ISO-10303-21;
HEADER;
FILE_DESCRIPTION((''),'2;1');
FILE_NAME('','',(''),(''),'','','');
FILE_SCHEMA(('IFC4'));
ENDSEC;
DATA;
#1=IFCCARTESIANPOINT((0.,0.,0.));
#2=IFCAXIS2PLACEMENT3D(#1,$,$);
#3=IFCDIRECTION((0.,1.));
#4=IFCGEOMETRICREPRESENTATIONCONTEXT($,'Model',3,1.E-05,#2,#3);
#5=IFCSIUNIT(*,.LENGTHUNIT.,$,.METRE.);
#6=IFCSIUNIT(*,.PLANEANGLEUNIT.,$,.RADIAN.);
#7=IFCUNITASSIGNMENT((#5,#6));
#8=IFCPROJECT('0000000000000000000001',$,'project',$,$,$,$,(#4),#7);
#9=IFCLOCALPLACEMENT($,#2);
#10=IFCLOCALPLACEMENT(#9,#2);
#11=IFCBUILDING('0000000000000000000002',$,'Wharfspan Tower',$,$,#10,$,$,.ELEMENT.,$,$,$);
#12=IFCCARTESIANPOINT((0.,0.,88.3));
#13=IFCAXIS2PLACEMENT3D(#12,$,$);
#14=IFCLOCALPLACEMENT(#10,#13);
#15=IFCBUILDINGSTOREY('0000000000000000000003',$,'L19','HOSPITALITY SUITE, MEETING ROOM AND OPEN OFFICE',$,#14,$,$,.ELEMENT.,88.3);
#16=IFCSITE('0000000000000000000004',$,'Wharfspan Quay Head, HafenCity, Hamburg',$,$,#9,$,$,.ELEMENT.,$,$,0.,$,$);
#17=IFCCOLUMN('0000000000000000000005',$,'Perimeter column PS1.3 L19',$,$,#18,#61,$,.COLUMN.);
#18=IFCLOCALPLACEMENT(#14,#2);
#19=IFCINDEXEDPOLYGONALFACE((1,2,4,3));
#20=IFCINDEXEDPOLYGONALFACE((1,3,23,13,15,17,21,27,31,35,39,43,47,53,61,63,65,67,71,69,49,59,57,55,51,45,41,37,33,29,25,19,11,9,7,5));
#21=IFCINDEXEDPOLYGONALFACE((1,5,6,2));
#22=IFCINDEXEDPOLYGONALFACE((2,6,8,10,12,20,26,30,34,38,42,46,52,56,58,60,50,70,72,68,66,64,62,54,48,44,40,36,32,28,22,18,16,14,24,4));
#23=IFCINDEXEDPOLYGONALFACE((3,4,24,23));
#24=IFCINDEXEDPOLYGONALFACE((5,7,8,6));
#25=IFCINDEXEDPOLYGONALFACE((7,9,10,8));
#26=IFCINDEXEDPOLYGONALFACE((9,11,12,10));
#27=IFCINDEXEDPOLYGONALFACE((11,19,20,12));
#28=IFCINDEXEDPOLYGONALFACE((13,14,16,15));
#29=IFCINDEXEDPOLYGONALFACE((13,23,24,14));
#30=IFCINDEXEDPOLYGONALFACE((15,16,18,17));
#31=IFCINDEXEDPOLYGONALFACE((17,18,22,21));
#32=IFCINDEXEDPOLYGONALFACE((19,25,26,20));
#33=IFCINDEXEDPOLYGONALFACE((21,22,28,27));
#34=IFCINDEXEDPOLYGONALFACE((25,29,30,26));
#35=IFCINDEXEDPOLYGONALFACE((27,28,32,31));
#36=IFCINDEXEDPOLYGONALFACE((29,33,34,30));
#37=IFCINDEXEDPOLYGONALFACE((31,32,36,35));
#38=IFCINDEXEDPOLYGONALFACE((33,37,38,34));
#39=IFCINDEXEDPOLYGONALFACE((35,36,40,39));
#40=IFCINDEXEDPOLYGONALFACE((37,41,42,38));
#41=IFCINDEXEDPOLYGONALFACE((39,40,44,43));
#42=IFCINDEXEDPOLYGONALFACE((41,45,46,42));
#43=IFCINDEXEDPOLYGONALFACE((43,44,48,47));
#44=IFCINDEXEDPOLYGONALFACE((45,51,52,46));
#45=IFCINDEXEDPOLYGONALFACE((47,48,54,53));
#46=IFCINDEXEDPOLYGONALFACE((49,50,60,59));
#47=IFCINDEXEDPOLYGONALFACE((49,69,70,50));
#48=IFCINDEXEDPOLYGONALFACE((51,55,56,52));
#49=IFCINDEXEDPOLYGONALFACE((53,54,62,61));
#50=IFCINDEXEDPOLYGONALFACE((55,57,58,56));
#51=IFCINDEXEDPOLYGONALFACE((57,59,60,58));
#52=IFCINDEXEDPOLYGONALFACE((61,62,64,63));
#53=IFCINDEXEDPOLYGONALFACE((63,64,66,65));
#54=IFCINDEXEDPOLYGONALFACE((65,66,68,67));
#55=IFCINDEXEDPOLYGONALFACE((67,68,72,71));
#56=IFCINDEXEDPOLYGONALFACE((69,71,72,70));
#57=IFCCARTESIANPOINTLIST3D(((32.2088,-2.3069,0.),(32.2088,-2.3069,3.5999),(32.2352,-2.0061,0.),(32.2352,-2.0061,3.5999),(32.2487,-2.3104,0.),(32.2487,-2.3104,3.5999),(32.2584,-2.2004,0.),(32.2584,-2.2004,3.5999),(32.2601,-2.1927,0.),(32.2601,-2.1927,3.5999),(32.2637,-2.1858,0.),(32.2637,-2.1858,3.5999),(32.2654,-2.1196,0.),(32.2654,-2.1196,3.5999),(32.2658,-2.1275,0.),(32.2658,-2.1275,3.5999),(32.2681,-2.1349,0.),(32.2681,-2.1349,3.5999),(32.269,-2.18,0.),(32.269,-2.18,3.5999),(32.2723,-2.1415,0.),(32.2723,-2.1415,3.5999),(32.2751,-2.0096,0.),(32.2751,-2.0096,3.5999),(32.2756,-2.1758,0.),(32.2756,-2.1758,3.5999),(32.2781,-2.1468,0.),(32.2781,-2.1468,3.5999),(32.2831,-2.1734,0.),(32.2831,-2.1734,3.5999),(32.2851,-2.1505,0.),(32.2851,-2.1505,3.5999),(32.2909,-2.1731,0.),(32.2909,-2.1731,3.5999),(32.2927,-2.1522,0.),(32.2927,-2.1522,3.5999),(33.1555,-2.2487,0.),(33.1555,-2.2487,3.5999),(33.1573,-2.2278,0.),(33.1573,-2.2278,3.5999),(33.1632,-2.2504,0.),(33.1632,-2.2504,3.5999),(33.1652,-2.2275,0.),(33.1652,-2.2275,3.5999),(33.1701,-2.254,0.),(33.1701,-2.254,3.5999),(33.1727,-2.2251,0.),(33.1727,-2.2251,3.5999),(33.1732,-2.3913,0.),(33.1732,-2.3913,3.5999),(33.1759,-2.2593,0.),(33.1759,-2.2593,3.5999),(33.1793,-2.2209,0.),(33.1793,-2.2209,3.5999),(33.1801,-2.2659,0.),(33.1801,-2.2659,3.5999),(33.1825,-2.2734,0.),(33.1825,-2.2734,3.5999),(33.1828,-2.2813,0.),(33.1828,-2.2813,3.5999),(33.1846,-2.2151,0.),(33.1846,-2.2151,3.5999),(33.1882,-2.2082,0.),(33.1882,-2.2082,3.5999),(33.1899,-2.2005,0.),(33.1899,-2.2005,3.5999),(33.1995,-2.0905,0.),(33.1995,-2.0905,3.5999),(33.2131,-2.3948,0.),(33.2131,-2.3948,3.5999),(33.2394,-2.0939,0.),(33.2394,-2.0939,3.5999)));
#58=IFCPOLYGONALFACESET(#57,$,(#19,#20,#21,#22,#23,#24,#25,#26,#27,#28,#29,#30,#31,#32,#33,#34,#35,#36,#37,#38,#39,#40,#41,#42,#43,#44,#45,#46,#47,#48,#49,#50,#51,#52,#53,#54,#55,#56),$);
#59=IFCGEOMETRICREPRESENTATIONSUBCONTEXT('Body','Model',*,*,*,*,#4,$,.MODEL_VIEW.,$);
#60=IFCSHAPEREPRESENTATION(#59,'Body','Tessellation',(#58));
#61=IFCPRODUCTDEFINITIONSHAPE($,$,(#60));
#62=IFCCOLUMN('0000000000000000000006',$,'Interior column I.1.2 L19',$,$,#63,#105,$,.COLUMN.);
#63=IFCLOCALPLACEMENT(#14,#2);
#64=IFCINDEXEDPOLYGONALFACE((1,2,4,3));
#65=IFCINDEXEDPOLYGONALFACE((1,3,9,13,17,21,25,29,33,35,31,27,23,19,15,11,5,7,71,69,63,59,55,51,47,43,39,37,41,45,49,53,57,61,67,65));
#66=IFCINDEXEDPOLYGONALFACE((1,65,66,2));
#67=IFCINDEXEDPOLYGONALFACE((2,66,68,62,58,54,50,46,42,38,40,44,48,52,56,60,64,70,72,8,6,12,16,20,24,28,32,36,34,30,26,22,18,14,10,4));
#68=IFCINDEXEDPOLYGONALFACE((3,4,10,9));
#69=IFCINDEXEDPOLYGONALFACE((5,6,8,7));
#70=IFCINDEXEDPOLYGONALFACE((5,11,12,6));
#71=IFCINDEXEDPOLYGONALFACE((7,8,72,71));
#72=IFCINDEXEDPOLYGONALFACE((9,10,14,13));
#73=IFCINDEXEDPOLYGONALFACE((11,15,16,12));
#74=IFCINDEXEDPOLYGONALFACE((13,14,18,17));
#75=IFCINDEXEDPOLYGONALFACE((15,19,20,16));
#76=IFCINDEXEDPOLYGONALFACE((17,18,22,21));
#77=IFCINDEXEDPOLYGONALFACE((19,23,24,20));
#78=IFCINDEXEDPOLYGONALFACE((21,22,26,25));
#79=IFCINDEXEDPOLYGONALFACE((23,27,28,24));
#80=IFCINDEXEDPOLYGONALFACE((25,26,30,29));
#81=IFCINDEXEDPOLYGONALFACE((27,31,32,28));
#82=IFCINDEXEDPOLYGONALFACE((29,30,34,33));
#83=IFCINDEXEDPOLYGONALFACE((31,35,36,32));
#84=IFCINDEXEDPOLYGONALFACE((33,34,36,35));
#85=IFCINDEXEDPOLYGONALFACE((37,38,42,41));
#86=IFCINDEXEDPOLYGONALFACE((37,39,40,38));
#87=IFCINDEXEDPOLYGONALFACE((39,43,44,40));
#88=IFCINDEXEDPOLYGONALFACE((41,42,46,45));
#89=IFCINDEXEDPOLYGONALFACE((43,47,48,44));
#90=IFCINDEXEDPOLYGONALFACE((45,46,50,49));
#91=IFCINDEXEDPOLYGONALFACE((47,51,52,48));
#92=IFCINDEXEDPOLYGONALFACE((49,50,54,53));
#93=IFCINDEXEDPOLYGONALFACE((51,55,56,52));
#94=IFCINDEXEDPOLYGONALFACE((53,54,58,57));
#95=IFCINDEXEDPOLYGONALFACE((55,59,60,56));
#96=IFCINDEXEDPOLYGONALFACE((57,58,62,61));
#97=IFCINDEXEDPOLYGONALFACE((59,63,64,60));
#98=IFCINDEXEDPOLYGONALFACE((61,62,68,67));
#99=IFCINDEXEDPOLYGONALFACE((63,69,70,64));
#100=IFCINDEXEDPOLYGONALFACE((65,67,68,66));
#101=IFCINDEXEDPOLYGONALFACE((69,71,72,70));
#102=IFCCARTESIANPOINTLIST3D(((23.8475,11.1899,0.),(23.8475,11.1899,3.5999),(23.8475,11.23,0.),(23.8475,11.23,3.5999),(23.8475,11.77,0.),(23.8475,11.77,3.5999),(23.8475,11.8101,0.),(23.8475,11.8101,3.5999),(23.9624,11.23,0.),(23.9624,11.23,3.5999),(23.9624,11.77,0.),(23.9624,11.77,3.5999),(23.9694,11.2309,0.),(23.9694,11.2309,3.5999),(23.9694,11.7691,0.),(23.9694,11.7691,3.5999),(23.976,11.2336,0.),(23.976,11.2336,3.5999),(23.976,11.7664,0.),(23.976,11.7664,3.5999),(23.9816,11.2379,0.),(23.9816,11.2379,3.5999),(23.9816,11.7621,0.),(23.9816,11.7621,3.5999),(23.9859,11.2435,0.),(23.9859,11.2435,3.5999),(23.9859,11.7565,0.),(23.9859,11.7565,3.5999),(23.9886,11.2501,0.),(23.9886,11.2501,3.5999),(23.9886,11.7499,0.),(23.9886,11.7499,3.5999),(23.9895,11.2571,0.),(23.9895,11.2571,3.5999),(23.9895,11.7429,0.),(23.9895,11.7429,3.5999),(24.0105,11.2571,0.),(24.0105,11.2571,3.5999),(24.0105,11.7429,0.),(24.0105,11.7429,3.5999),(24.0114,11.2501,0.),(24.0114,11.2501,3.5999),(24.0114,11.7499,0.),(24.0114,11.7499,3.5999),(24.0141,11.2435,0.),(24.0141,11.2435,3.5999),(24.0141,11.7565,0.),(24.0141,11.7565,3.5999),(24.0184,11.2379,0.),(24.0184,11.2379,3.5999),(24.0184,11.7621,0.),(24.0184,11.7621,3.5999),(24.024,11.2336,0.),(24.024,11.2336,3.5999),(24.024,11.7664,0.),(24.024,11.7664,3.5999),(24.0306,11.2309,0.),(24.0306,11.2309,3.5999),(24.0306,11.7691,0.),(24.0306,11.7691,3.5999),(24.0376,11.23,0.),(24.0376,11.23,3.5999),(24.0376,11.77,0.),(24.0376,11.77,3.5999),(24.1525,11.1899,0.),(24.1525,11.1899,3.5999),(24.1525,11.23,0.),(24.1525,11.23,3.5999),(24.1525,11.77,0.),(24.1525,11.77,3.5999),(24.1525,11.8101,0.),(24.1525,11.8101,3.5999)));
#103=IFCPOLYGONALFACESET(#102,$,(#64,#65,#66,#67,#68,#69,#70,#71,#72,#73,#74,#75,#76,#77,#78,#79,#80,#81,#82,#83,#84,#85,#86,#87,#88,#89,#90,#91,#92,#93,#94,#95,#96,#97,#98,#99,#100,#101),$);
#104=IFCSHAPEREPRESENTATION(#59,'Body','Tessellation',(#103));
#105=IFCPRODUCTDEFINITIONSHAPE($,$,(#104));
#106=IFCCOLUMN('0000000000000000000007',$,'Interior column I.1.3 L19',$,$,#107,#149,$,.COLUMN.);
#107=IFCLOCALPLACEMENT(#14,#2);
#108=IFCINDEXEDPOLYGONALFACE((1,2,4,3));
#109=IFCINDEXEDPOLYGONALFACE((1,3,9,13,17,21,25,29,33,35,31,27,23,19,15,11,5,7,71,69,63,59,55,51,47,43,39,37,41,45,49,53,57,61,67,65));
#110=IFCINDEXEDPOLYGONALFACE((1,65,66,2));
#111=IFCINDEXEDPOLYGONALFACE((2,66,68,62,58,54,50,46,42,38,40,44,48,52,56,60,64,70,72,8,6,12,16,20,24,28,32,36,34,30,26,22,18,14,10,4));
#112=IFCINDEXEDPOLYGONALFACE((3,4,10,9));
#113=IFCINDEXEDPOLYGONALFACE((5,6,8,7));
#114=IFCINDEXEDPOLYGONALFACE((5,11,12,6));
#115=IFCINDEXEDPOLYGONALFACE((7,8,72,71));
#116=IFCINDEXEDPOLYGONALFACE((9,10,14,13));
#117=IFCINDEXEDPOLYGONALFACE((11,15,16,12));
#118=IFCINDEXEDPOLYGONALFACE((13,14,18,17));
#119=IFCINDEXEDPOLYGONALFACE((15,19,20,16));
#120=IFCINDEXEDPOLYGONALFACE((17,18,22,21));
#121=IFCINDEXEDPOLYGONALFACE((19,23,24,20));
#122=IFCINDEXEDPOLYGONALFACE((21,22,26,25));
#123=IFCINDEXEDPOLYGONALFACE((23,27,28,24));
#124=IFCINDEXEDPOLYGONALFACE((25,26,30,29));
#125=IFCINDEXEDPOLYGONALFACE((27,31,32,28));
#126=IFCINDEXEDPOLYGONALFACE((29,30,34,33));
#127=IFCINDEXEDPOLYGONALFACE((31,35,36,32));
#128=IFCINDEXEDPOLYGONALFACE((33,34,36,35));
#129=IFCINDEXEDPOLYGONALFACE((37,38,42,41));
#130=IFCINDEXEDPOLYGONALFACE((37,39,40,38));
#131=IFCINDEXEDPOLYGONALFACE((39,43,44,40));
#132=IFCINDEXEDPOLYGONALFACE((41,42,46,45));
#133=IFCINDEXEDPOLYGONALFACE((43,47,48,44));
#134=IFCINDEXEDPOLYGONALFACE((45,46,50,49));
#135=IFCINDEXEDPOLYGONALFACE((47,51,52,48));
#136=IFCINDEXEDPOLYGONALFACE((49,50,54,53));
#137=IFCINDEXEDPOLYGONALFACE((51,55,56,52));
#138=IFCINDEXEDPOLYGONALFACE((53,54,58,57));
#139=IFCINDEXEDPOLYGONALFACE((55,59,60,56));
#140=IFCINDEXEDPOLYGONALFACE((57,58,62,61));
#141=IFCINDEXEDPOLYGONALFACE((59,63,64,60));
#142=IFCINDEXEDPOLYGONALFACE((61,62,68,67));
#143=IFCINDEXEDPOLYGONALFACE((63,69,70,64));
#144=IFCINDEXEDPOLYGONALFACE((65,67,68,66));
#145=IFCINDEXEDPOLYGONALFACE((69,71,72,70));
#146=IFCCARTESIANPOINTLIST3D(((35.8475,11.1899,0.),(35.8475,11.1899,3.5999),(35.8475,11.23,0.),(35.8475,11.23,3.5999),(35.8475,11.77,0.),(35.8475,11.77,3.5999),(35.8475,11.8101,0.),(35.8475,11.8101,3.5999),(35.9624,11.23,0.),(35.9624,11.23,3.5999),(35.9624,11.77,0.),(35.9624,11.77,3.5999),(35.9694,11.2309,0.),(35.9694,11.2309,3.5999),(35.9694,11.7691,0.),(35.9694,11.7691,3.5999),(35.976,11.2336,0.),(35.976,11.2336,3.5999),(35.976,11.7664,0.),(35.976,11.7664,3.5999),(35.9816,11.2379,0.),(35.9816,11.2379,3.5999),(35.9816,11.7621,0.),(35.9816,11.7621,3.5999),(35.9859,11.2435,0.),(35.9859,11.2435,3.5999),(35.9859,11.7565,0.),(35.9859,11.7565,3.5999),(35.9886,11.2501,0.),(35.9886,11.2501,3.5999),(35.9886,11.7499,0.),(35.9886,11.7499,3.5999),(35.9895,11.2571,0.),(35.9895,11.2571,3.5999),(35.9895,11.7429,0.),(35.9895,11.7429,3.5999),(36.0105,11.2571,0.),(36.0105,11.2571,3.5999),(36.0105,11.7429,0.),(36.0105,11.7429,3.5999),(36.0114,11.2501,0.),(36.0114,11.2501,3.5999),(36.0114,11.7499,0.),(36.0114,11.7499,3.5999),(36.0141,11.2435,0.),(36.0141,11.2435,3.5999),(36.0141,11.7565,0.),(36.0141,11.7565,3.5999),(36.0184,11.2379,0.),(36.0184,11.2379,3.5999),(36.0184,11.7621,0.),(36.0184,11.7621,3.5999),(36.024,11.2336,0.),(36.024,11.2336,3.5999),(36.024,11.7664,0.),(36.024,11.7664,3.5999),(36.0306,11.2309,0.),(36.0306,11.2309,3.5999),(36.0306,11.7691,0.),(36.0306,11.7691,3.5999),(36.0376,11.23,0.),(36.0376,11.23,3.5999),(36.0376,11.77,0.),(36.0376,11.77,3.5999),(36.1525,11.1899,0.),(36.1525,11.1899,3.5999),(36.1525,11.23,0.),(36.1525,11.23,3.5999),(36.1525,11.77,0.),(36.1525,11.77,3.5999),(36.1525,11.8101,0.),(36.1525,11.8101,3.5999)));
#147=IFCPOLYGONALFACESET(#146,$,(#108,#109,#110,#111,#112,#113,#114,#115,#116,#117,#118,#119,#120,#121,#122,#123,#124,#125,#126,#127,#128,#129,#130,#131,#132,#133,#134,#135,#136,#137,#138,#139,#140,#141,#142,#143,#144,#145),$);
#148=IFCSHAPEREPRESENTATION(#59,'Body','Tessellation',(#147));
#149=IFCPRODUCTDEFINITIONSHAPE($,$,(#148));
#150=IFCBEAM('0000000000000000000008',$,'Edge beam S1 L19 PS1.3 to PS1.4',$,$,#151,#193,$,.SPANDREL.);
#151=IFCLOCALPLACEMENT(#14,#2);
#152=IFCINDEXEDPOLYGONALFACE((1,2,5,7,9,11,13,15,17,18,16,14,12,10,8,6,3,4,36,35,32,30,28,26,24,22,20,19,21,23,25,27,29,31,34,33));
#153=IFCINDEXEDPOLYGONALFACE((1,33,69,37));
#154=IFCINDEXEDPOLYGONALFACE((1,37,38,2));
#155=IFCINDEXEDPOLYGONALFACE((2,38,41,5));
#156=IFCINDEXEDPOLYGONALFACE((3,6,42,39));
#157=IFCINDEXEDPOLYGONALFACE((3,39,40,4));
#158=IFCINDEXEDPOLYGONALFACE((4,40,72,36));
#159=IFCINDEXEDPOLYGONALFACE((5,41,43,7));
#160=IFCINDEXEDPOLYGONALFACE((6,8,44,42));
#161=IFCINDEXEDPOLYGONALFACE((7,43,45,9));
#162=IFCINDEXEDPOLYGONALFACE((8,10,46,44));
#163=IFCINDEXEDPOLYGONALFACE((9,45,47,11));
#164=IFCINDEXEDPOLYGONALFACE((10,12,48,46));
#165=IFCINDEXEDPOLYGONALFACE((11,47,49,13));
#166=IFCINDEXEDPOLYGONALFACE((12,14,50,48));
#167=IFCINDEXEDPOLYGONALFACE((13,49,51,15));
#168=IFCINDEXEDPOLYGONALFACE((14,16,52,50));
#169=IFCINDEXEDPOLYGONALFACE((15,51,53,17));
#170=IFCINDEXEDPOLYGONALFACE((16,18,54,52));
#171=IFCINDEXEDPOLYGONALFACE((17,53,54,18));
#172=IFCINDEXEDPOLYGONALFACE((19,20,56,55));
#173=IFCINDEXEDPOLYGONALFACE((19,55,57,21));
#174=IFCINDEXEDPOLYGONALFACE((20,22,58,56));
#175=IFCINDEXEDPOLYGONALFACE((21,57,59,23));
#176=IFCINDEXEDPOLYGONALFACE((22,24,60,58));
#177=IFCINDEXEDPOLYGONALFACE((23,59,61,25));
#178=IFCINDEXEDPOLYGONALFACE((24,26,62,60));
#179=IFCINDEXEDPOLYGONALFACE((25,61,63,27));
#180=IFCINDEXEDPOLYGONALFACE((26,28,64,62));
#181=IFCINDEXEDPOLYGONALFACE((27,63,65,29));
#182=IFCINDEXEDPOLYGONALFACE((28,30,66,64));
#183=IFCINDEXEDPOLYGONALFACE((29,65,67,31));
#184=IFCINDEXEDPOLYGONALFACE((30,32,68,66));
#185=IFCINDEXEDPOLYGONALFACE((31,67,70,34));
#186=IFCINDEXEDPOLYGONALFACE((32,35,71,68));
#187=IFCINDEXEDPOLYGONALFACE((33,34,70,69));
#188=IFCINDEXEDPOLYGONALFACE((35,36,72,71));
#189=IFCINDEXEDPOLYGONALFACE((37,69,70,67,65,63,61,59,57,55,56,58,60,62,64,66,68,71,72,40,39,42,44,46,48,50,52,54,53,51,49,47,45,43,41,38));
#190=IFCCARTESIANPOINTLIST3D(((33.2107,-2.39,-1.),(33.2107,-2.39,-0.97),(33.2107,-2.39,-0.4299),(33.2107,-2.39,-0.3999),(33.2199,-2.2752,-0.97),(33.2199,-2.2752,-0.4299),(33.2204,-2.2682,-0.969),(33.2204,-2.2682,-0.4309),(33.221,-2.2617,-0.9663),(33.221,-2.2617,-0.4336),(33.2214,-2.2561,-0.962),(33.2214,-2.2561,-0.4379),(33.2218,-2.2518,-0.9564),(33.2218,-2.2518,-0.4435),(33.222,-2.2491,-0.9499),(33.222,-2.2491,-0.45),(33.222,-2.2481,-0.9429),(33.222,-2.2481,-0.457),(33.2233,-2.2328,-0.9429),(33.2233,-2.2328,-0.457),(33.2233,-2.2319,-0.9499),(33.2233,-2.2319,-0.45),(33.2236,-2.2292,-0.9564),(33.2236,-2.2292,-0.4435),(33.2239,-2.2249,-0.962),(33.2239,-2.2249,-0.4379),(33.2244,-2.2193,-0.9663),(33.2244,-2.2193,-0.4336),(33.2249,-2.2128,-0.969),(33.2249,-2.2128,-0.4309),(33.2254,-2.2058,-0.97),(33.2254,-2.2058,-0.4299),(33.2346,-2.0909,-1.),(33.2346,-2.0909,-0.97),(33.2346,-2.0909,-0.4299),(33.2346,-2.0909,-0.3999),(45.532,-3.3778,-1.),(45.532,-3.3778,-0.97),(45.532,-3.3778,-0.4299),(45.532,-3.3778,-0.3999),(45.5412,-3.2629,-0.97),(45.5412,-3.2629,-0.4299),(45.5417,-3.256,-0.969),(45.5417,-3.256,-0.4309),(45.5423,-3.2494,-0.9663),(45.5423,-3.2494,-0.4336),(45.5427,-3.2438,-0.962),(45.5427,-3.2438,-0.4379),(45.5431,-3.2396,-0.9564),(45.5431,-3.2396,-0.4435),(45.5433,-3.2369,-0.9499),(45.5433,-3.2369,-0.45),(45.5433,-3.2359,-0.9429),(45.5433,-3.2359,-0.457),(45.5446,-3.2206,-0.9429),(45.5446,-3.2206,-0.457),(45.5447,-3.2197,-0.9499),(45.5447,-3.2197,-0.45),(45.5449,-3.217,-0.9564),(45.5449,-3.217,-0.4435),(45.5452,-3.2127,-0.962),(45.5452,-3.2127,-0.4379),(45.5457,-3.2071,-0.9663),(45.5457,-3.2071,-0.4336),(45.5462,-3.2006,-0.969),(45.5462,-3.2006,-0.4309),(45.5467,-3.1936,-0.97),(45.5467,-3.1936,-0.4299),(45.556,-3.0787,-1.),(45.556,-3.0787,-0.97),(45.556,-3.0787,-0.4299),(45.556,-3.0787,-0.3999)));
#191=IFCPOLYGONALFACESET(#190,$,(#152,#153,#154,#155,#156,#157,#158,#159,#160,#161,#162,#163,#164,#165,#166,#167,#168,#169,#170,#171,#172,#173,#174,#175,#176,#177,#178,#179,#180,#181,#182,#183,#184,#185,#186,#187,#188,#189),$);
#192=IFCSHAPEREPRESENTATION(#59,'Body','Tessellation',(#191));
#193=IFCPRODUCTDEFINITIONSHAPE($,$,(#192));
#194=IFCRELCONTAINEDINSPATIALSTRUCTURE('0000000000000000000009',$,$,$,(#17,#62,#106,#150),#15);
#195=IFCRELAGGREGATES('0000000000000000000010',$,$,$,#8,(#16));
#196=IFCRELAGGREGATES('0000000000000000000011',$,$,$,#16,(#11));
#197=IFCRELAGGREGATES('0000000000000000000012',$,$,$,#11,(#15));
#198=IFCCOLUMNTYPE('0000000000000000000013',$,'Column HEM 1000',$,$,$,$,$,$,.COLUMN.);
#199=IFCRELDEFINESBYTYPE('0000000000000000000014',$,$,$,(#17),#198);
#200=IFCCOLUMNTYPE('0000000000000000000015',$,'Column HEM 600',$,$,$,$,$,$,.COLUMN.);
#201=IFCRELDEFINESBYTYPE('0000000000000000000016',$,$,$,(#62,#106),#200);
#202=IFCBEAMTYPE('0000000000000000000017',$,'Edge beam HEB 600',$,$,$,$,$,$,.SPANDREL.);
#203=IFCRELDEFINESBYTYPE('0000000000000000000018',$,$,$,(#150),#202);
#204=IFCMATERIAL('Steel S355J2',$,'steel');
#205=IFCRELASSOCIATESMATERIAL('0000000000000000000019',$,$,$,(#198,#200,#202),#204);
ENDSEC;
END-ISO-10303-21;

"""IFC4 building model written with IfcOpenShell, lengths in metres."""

from ifc_helpers import new_model, si_unit, direction, frame, origin, origin_2d, place, context, subcontext, project, spatial, i_section, extrude, material, material_profile, profile_set, type_object, element, save


model = new_model("IFC4")

# Units and contexts
model_context = context("Model", 3, precision=1e-05, world=origin(), true_north=direction((0.0, 1.0)))
body_context = subcontext(model_context, "Body", "Model", "MODEL_VIEW")
ifc_project = project(units=[si_unit("LENGTHUNIT", "METRE"), si_unit("PLANEANGLEUNIT", "RADIAN")], contexts=[model_context])

# Site, building, storey
site_placement = place(None, origin())
site = spatial("IfcSite", under=ifc_project, at=site_placement, Name="Wharfspan Quay Head, HafenCity, Hamburg", CompositionType="ELEMENT", RefElevation=0.0)
building_placement = place(site_placement, origin())
building = spatial("IfcBuilding", under=site, at=building_placement, Name="Wharfspan Tower", CompositionType="ELEMENT")
storey_placement = place(building_placement, frame((0.0, 0.0, 88.3)))
storey = spatial("IfcBuildingStorey", under=building, at=storey_placement, Name="L19", Description="HOSPITALITY SUITE, MEETING ROOM AND OPEN OFFICE", CompositionType="ELEMENT", Elevation=88.3)

# Columns
ifc_material_1 = material(Name="Steel S355J2", Category="steel")
ifc_material_profile_1 = material_profile(ifc_material_1, i_section(OverallWidth=0.302, OverallDepth=1.0081, WebThickness=0.021, FlangeThickness=0.04, FilletRadius=0.03, at=origin_2d()))
ifc_profile_set_1 = profile_set([ifc_material_profile_1], Name="Steel S355J2")
column_type_1 = type_object("IfcColumnType", Name="Column HEM 1000", PredefinedType="COLUMN", material=ifc_profile_set_1)
column_placement = place(storey_placement, frame((32.7241, -2.2004, 0.0), z_axis=(0.0, 0.0, 1.0), x_axis=(-0.087156, -0.996198, 0.0)))
element("IfcColumn", 1, at=column_placement, inside=storey, type_object=column_type_1, Name="Perimeter column PS1.3 L19", PredefinedType="COLUMN", context=body_context, shape_type="SweptSolid", body=[
    extrude(i_section(OverallWidth=0.302, OverallDepth=1.0081, WebThickness=0.021, FlangeThickness=0.04, FilletRadius=0.03, at=origin_2d()), origin(), (0.0, 0.0, 1.0), 3.5999),
])
ifc_material_profile_2 = material_profile(ifc_material_1, i_section(OverallWidth=0.3049, OverallDepth=0.6201, WebThickness=0.021, FlangeThickness=0.04, FilletRadius=0.0271, at=origin_2d()))
ifc_profile_set_2 = profile_set([ifc_material_profile_2], Name="Steel S355J2")
column_type_2 = type_object("IfcColumnType", Name="Column HEM 600", PredefinedType="COLUMN", material=ifc_profile_set_2)
for number, where, z_axis, x_axis, name in (
    (2, (24.0, 11.5, 0.0), (0.0, 0.0, 1.0), (1.0, 0.0, 0.0), "Interior column I.1.2 L19"),
    (3, (36.0, 11.5, 0.0), (0.0, 0.0, 1.0), (1.0, 0.0, 0.0), "Interior column I.1.3 L19"),
):
    element("IfcColumn", number, at=place(storey_placement, frame(where, z_axis=z_axis, x_axis=x_axis)), inside=storey, type_object=column_type_2, Name=name, PredefinedType="COLUMN", context=body_context, shape_type="SweptSolid", body=[
        extrude(i_section(OverallWidth=0.3049, OverallDepth=0.6201, WebThickness=0.021, FlangeThickness=0.04, FilletRadius=0.0271, at=origin_2d()), origin(), (0.0, 0.0, 1.0), 3.5999),
    ])

# Beam
ifc_material_profile_3 = material_profile(ifc_material_1, i_section(OverallWidth=0.3, OverallDepth=0.6001, WebThickness=0.0154, FlangeThickness=0.03, FilletRadius=0.0271, at=origin_2d()))
ifc_profile_set_3 = profile_set([ifc_material_profile_3], Name="Steel S355J2")
beam_type = type_object("IfcBeamType", Name="Edge beam HEB 600", PredefinedType="SPANDREL", material=ifc_profile_set_3)
beam_placement = place(storey_placement, frame((33.2227, -2.2405, -0.7), z_axis=(0.996802, -0.079913, 0.0), x_axis=(0.079913, 0.996802, 0.0)))
element("IfcBeam", 4, at=beam_placement, inside=storey, type_object=beam_type, Name="Edge beam S1 L19 PS1.3 to PS1.4", PredefinedType="SPANDREL", context=body_context, shape_type="SweptSolid", body=[
    extrude(i_section(OverallWidth=0.3, OverallDepth=0.6001, WebThickness=0.0154, FlangeThickness=0.03, FilletRadius=0.0271, at=origin_2d()), origin(), (0.0, 0.0, 1.0), 12.3608),
])

save(model, "model.ifc")
